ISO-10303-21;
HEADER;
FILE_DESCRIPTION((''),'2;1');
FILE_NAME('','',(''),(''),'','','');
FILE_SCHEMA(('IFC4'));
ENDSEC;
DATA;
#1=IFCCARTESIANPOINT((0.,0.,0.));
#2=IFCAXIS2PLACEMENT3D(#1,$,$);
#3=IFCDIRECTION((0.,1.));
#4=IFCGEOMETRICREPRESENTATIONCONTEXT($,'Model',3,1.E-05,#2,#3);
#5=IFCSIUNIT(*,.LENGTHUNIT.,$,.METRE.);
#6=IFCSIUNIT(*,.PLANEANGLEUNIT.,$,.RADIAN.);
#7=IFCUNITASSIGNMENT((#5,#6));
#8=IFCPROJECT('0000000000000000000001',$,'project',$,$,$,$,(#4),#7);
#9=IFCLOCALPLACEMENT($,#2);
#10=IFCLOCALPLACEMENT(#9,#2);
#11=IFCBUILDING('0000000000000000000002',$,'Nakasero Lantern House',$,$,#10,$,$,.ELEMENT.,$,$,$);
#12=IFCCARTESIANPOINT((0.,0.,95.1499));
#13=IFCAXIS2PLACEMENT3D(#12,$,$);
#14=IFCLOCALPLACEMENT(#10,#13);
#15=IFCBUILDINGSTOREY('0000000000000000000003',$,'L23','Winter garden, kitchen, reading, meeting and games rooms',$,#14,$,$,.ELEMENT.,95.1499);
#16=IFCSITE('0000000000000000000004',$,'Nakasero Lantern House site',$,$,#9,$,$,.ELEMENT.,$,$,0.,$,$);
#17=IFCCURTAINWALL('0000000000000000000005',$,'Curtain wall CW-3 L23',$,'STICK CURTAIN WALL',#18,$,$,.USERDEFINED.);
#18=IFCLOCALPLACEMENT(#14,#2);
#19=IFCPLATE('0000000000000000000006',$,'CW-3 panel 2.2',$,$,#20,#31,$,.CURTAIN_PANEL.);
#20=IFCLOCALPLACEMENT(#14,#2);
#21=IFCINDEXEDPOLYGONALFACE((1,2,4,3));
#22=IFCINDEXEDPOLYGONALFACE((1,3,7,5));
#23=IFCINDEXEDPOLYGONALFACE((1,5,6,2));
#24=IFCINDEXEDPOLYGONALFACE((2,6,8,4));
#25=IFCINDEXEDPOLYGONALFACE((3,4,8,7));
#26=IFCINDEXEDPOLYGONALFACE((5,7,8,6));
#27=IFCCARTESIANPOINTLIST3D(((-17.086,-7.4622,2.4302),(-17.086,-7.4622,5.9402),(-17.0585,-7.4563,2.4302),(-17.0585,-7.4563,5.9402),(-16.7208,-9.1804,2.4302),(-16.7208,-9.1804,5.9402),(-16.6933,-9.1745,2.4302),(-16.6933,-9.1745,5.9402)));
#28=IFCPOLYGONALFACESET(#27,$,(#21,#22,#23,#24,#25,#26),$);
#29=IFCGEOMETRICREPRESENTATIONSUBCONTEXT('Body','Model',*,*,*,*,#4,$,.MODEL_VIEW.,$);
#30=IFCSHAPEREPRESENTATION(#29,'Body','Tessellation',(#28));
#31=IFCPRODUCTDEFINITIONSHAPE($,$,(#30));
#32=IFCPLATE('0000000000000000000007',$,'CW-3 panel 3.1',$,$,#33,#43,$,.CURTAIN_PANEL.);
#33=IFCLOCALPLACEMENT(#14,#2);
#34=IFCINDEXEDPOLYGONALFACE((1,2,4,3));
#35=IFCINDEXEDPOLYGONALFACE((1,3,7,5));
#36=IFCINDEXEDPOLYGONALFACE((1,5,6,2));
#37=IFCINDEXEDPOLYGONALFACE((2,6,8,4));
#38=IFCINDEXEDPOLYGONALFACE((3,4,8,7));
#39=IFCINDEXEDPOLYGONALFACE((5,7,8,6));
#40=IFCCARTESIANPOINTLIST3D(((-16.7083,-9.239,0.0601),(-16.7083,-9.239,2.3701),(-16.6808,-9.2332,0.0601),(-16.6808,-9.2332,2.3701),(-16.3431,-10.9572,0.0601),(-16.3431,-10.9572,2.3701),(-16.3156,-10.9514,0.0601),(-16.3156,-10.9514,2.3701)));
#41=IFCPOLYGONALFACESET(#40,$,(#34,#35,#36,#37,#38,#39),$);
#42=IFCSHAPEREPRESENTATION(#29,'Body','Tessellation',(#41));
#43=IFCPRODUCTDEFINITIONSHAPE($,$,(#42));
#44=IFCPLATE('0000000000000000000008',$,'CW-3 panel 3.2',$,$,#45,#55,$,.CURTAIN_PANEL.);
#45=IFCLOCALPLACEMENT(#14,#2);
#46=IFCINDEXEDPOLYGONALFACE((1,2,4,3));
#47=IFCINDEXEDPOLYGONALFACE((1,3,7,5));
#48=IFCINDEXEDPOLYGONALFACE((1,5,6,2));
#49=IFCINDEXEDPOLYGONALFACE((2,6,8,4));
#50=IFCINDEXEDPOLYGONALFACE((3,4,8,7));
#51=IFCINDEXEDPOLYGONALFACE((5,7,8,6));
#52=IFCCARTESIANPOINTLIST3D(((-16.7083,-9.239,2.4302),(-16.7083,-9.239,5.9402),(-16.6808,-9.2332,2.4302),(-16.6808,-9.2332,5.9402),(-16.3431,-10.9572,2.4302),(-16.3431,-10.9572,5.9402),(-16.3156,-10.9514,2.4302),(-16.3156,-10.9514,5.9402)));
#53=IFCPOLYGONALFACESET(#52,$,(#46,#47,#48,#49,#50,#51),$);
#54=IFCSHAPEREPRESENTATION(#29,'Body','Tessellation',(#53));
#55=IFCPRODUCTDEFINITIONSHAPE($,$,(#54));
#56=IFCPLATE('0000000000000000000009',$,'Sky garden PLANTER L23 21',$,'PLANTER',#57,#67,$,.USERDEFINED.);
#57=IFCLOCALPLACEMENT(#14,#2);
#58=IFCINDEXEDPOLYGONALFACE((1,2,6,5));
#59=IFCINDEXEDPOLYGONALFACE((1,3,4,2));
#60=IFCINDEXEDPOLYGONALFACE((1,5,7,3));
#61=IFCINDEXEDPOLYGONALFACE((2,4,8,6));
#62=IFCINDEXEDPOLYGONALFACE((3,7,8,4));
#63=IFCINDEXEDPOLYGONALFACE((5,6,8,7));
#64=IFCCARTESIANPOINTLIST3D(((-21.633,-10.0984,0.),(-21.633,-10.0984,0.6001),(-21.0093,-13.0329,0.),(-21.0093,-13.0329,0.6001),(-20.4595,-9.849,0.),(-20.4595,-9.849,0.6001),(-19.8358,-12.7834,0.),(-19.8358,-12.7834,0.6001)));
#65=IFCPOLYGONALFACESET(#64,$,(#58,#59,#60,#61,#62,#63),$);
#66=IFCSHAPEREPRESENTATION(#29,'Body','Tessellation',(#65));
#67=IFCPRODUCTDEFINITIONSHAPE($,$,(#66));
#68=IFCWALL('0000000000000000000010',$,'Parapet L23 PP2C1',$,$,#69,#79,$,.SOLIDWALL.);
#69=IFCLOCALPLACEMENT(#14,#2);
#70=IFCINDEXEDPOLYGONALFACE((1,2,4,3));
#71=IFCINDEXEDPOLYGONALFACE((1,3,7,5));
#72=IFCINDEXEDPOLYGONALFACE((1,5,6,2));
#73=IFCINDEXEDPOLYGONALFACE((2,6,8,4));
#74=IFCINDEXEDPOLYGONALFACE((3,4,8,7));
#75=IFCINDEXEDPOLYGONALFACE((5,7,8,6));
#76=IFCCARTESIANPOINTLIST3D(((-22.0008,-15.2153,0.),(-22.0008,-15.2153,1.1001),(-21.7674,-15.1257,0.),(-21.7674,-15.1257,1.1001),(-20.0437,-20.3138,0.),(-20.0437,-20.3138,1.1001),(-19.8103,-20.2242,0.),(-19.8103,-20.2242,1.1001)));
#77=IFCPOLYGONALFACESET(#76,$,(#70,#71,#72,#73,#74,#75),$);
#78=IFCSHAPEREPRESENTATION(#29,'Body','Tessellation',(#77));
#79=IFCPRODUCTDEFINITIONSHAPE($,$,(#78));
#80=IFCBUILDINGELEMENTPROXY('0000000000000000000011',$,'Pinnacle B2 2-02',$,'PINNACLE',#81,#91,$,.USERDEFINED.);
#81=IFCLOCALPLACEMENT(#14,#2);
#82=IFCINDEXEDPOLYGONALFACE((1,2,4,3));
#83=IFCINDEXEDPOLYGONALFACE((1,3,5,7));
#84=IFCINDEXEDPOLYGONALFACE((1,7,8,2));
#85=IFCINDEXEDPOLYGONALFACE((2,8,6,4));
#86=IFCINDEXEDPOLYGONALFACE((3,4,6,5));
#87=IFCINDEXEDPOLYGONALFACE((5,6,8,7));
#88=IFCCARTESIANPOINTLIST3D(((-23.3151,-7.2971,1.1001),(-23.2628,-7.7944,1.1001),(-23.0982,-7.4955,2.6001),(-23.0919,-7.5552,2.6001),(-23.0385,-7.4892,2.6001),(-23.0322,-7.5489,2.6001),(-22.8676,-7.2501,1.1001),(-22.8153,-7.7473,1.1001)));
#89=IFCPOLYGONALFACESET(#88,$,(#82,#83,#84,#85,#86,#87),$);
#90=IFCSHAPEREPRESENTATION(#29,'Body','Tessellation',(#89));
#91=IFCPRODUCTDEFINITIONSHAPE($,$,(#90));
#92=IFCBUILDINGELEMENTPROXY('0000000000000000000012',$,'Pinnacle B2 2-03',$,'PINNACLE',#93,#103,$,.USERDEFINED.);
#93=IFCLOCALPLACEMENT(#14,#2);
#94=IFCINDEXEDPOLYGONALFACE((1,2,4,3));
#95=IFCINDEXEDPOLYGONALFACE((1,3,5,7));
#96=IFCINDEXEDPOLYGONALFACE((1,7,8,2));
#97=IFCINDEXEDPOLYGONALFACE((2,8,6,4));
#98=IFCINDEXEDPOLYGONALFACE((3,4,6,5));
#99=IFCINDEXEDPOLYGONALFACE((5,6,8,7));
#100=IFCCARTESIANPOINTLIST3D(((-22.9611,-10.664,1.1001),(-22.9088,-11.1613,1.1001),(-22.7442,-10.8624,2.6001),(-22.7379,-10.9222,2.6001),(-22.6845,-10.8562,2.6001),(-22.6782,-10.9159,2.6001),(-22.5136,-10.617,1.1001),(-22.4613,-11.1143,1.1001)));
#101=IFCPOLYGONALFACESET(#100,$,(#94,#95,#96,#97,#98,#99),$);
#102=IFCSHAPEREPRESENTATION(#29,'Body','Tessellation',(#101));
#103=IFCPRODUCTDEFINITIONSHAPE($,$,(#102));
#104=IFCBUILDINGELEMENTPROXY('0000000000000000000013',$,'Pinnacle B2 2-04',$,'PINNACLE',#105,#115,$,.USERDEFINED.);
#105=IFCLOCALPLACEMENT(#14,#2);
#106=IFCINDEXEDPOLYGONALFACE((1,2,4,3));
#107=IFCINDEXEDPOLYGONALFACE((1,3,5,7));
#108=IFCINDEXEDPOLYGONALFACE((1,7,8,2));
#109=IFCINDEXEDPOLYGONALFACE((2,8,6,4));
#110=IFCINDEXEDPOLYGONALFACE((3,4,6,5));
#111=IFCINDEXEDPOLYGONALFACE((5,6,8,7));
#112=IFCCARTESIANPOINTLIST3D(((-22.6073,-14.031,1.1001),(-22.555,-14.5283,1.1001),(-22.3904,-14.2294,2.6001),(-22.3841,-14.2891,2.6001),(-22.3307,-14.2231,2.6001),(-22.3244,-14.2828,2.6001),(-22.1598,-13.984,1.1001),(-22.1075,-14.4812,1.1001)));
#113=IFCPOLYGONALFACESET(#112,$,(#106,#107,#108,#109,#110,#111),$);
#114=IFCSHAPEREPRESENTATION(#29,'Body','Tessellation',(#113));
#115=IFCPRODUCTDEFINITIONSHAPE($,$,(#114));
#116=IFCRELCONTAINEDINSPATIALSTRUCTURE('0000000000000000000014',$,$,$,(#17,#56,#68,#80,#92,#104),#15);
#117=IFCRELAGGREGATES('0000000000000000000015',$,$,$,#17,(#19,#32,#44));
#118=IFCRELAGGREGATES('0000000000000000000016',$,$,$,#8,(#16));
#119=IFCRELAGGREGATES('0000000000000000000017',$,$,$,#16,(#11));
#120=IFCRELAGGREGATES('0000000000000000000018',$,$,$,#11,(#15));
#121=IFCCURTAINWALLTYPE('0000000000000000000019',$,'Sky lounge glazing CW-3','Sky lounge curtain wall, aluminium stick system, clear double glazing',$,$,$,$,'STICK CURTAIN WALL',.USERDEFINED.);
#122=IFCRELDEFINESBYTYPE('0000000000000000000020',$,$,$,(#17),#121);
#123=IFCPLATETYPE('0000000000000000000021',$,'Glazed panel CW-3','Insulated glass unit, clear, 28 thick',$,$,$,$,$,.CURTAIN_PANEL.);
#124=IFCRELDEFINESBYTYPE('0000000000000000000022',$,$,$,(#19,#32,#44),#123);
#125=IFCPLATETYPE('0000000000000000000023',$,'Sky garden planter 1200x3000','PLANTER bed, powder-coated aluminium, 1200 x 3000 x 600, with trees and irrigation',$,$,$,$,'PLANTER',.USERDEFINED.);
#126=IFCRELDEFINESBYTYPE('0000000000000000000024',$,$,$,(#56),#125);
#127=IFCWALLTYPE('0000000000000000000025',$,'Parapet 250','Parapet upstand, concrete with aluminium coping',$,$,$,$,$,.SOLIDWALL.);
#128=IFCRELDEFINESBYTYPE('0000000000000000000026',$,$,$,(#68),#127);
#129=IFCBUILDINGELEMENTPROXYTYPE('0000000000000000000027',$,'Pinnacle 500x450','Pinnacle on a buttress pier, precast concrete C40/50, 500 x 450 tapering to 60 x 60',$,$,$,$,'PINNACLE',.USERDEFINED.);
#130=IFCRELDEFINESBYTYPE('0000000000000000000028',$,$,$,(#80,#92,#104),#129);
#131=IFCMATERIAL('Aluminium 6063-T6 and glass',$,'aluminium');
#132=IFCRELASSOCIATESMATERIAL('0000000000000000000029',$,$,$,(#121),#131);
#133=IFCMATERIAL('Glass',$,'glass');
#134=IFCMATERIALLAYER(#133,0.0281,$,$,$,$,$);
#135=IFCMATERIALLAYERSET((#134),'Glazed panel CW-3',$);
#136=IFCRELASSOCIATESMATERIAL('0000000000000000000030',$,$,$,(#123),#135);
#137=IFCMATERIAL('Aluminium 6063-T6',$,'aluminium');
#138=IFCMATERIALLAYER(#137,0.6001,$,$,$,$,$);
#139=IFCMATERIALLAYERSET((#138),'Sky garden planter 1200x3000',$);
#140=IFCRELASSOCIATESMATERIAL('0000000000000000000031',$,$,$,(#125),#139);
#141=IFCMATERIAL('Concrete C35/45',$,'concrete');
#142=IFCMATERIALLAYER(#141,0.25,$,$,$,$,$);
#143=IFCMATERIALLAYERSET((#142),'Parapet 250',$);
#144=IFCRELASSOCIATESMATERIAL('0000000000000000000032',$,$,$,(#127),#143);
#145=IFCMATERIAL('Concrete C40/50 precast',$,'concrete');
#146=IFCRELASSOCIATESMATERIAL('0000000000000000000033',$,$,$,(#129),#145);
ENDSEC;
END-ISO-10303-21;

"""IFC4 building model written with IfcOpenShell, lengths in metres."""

from ifc_helpers import new_model, entity, si_unit, direction, frame, frame_2d, origin, origin_2d, place, context, subcontext, project, spatial, rectangle, extrude, material, layer, layer_set, type_object, element, aggregate, save


model = new_model("IFC4")

# Units and contexts
model_context = context("Model", 3, precision=1e-05, world=origin(), true_north=direction((0.0, 1.0)))
body_context = subcontext(model_context, "Body", "Model", "MODEL_VIEW")
ifc_project = project(units=[si_unit("LENGTHUNIT", "METRE"), si_unit("PLANEANGLEUNIT", "RADIAN")], contexts=[model_context])

# Site, building, storey
site_placement = place(None, origin())
site = spatial("IfcSite", under=ifc_project, at=site_placement, Name="Nakasero Lantern House site", CompositionType="ELEMENT", RefElevation=0.0)
building_placement = place(site_placement, origin())
building = spatial("IfcBuilding", under=site, at=building_placement, Name="Nakasero Lantern House", CompositionType="ELEMENT")
storey_placement = place(building_placement, frame((0.0, 0.0, 95.1499)))
storey = spatial("IfcBuildingStorey", under=building, at=storey_placement, Name="L23", Description="Winter garden, kitchen, reading, meeting and games rooms", CompositionType="ELEMENT", Elevation=95.1499)

# Curtain wall
ifc_material_1 = material(Name="Aluminium 6063-T6 and glass", Category="aluminium")
curtain_wall_type = type_object("IfcCurtainWallType", Name="Sky lounge glazing CW-3", Description="Sky lounge curtain wall, aluminium stick system, clear double glazing", ElementType="STICK CURTAIN WALL", PredefinedType="USERDEFINED", material=ifc_material_1)
curtain_wall_placement = place(storey_placement, origin())
curtain_wall = element("IfcCurtainWall", 1, at=curtain_wall_placement, inside=storey, type_object=curtain_wall_type, Name="Curtain wall CW-3 L23", ObjectType="STICK CURTAIN WALL", PredefinedType="USERDEFINED")

# Plates
ifc_material_2 = material(Name="Glass", Category="glass")
ifc_layer_1 = layer(ifc_material_2, 0.0281)
ifc_layer_set_1 = layer_set([ifc_layer_1], Name="Glazed panel CW-3")
plate_type_1 = type_object("IfcPlateType", Name="Glazed panel CW-3", Description="Insulated glass unit, clear, 28 thick", PredefinedType="CURTAIN_PANEL", material=ifc_layer_set_1)
plate_1_placement = place(storey_placement, frame((-16.8896, -8.3184, 2.4302), z_axis=(0.0, 0.0, 1.0), x_axis=(0.207912, -0.978148, 0.0)))
plate_1 = element("IfcPlate", 2, at=plate_1_placement, type_object=plate_type_1, Name="CW-3 panel 2.2", PredefinedType="CURTAIN_PANEL", context=body_context, shape_type="SweptSolid", body=[
    extrude(rectangle(XDim=1.7566, YDim=0.0281, at=origin_2d()), origin(), (0.0, 0.0, 1.0), 3.51),
])
plate_2_placement = place(storey_placement, frame((-16.512, -10.0952, 0.0601), z_axis=(0.0, 0.0, 1.0), x_axis=(0.207912, -0.978148, 0.0)))
plate_2 = element("IfcPlate", 3, at=plate_2_placement, type_object=plate_type_1, Name="CW-3 panel 3.1", PredefinedType="CURTAIN_PANEL", context=body_context, shape_type="SweptSolid", body=[
    extrude(rectangle(XDim=1.7566, YDim=0.0281, at=origin_2d()), origin(), (0.0, 0.0, 1.0), 2.3101),
])
plate_3_placement = place(storey_placement, frame((-16.512, -10.0952, 2.4302), z_axis=(0.0, 0.0, 1.0), x_axis=(0.207912, -0.978148, 0.0)))
plate_3 = element("IfcPlate", 4, at=plate_3_placement, type_object=plate_type_1, Name="CW-3 panel 3.2", PredefinedType="CURTAIN_PANEL", context=body_context, shape_type="SweptSolid", body=[
    extrude(rectangle(XDim=1.7566, YDim=0.0281, at=origin_2d()), origin(), (0.0, 0.0, 1.0), 3.51),
])
aggregate(curtain_wall, [plate_1, plate_2, plate_3])
ifc_material_3 = material(Name="Aluminium 6063-T6", Category="aluminium")
ifc_layer_2 = layer(ifc_material_3, 0.6001)
ifc_layer_set_2 = layer_set([ifc_layer_2], Name="Sky garden planter 1200x3000")
plate_type_2 = type_object("IfcPlateType", Name="Sky garden planter 1200x3000", Description="PLANTER bed, powder-coated aluminium, 1200 x 3000 x 600, with trees and irrigation", ElementType="PLANTER", PredefinedType="USERDEFINED", material=ifc_layer_set_2)
plate_4_placement = place(storey_placement, frame((-20.7344, -11.4409, 0.0), z_axis=(0.0, 0.0, 1.0), x_axis=(-0.978148, -0.207912, 0.0)))
element("IfcPlate", 5, at=plate_4_placement, inside=storey, type_object=plate_type_2, Name="Sky garden PLANTER L23 21", ObjectType="PLANTER", PredefinedType="USERDEFINED", context=body_context, shape_type="SweptSolid", body=[
    extrude(rectangle(XDim=1.1997, YDim=3.0, at=origin_2d()), origin(), (0.0, 0.0, 1.0), 0.6001),
])

# Wall
ifc_material_4 = material(Name="Concrete C35/45", Category="concrete")
ifc_layer_3 = layer(ifc_material_4, 0.25)
ifc_layer_set_3 = layer_set([ifc_layer_3], Name="Parapet 250")
wall_type = type_object("IfcWallType", Name="Parapet 250", Description="Parapet upstand, concrete with aluminium coping", PredefinedType="SOLIDWALL", material=ifc_layer_set_3)
wall_placement = place(storey_placement, frame((-21.884, -15.1707, 0.0), z_axis=(0.0, 0.0, 1.0), x_axis=(0.358359, -0.933584, 0.0)))
element("IfcWall", 6, at=wall_placement, inside=storey, type_object=wall_type, Name="Parapet L23 PP2C1", PredefinedType="SOLIDWALL", context=body_context, shape_type="SweptSolid", body=[
    extrude(rectangle(XDim=5.4612, YDim=0.25, at=frame_2d((2.7305, 0.0))), origin(), (0.0, 0.0, 1.0), 1.1001),
])

# Building element proxies
ifc_material_5 = material(Name="Concrete C40/50 precast", Category="concrete")
building_element_proxy_type = type_object("IfcBuildingElementProxyType", Name="Pinnacle 500x450", Description="Pinnacle on a buttress pier, precast concrete C40/50, 500 x 450 tapering to 60 x 60", ElementType="PINNACLE", PredefinedType="USERDEFINED", material=ifc_material_5)
for number, where, z_axis, x_axis, name in (
    (7, (-23.0652, -7.5222, 1.1001), (0.0, 0.0, 1.0), (-0.994522, -0.104528, 0.0), "Pinnacle B2 2-02"),
    (8, (-22.7112, -10.8892, 1.1001), (0.0, 0.0, 1.0), (-0.994522, -0.104528, 0.0), "Pinnacle B2 2-03"),
    (9, (-22.3574, -14.2561, 1.1001), (0.0, 0.0, 1.0), (-0.994522, -0.104528, 0.0), "Pinnacle B2 2-04"),
):
    element("IfcBuildingElementProxy", number, at=place(storey_placement, frame(where, z_axis=z_axis, x_axis=x_axis)), inside=storey, type_object=building_element_proxy_type, Name=name, ObjectType="PINNACLE", PredefinedType="USERDEFINED", context=body_context, shape_type="SweptSolid", body=[
        entity("IfcExtrudedAreaSolidTapered", entity("IfcRectangleProfileDef", "AREA", None, entity("IfcAxis2Placement2D", entity("IfcCartesianPoint", [0.0, 0.0])), 0.45, 0.5), entity("IfcAxis2Placement3D", entity("IfcCartesianPoint", [0.0, 0.0, 0.0])), entity("IfcDirection", [0.0, 0.0, 1.0]), 1.5, entity("IfcRectangleProfileDef", "AREA", None, entity("IfcAxis2Placement2D", entity("IfcCartesianPoint", [0.0, 0.0])), 0.0601, 0.0601)),
    ])

save(model, "model.ifc")
